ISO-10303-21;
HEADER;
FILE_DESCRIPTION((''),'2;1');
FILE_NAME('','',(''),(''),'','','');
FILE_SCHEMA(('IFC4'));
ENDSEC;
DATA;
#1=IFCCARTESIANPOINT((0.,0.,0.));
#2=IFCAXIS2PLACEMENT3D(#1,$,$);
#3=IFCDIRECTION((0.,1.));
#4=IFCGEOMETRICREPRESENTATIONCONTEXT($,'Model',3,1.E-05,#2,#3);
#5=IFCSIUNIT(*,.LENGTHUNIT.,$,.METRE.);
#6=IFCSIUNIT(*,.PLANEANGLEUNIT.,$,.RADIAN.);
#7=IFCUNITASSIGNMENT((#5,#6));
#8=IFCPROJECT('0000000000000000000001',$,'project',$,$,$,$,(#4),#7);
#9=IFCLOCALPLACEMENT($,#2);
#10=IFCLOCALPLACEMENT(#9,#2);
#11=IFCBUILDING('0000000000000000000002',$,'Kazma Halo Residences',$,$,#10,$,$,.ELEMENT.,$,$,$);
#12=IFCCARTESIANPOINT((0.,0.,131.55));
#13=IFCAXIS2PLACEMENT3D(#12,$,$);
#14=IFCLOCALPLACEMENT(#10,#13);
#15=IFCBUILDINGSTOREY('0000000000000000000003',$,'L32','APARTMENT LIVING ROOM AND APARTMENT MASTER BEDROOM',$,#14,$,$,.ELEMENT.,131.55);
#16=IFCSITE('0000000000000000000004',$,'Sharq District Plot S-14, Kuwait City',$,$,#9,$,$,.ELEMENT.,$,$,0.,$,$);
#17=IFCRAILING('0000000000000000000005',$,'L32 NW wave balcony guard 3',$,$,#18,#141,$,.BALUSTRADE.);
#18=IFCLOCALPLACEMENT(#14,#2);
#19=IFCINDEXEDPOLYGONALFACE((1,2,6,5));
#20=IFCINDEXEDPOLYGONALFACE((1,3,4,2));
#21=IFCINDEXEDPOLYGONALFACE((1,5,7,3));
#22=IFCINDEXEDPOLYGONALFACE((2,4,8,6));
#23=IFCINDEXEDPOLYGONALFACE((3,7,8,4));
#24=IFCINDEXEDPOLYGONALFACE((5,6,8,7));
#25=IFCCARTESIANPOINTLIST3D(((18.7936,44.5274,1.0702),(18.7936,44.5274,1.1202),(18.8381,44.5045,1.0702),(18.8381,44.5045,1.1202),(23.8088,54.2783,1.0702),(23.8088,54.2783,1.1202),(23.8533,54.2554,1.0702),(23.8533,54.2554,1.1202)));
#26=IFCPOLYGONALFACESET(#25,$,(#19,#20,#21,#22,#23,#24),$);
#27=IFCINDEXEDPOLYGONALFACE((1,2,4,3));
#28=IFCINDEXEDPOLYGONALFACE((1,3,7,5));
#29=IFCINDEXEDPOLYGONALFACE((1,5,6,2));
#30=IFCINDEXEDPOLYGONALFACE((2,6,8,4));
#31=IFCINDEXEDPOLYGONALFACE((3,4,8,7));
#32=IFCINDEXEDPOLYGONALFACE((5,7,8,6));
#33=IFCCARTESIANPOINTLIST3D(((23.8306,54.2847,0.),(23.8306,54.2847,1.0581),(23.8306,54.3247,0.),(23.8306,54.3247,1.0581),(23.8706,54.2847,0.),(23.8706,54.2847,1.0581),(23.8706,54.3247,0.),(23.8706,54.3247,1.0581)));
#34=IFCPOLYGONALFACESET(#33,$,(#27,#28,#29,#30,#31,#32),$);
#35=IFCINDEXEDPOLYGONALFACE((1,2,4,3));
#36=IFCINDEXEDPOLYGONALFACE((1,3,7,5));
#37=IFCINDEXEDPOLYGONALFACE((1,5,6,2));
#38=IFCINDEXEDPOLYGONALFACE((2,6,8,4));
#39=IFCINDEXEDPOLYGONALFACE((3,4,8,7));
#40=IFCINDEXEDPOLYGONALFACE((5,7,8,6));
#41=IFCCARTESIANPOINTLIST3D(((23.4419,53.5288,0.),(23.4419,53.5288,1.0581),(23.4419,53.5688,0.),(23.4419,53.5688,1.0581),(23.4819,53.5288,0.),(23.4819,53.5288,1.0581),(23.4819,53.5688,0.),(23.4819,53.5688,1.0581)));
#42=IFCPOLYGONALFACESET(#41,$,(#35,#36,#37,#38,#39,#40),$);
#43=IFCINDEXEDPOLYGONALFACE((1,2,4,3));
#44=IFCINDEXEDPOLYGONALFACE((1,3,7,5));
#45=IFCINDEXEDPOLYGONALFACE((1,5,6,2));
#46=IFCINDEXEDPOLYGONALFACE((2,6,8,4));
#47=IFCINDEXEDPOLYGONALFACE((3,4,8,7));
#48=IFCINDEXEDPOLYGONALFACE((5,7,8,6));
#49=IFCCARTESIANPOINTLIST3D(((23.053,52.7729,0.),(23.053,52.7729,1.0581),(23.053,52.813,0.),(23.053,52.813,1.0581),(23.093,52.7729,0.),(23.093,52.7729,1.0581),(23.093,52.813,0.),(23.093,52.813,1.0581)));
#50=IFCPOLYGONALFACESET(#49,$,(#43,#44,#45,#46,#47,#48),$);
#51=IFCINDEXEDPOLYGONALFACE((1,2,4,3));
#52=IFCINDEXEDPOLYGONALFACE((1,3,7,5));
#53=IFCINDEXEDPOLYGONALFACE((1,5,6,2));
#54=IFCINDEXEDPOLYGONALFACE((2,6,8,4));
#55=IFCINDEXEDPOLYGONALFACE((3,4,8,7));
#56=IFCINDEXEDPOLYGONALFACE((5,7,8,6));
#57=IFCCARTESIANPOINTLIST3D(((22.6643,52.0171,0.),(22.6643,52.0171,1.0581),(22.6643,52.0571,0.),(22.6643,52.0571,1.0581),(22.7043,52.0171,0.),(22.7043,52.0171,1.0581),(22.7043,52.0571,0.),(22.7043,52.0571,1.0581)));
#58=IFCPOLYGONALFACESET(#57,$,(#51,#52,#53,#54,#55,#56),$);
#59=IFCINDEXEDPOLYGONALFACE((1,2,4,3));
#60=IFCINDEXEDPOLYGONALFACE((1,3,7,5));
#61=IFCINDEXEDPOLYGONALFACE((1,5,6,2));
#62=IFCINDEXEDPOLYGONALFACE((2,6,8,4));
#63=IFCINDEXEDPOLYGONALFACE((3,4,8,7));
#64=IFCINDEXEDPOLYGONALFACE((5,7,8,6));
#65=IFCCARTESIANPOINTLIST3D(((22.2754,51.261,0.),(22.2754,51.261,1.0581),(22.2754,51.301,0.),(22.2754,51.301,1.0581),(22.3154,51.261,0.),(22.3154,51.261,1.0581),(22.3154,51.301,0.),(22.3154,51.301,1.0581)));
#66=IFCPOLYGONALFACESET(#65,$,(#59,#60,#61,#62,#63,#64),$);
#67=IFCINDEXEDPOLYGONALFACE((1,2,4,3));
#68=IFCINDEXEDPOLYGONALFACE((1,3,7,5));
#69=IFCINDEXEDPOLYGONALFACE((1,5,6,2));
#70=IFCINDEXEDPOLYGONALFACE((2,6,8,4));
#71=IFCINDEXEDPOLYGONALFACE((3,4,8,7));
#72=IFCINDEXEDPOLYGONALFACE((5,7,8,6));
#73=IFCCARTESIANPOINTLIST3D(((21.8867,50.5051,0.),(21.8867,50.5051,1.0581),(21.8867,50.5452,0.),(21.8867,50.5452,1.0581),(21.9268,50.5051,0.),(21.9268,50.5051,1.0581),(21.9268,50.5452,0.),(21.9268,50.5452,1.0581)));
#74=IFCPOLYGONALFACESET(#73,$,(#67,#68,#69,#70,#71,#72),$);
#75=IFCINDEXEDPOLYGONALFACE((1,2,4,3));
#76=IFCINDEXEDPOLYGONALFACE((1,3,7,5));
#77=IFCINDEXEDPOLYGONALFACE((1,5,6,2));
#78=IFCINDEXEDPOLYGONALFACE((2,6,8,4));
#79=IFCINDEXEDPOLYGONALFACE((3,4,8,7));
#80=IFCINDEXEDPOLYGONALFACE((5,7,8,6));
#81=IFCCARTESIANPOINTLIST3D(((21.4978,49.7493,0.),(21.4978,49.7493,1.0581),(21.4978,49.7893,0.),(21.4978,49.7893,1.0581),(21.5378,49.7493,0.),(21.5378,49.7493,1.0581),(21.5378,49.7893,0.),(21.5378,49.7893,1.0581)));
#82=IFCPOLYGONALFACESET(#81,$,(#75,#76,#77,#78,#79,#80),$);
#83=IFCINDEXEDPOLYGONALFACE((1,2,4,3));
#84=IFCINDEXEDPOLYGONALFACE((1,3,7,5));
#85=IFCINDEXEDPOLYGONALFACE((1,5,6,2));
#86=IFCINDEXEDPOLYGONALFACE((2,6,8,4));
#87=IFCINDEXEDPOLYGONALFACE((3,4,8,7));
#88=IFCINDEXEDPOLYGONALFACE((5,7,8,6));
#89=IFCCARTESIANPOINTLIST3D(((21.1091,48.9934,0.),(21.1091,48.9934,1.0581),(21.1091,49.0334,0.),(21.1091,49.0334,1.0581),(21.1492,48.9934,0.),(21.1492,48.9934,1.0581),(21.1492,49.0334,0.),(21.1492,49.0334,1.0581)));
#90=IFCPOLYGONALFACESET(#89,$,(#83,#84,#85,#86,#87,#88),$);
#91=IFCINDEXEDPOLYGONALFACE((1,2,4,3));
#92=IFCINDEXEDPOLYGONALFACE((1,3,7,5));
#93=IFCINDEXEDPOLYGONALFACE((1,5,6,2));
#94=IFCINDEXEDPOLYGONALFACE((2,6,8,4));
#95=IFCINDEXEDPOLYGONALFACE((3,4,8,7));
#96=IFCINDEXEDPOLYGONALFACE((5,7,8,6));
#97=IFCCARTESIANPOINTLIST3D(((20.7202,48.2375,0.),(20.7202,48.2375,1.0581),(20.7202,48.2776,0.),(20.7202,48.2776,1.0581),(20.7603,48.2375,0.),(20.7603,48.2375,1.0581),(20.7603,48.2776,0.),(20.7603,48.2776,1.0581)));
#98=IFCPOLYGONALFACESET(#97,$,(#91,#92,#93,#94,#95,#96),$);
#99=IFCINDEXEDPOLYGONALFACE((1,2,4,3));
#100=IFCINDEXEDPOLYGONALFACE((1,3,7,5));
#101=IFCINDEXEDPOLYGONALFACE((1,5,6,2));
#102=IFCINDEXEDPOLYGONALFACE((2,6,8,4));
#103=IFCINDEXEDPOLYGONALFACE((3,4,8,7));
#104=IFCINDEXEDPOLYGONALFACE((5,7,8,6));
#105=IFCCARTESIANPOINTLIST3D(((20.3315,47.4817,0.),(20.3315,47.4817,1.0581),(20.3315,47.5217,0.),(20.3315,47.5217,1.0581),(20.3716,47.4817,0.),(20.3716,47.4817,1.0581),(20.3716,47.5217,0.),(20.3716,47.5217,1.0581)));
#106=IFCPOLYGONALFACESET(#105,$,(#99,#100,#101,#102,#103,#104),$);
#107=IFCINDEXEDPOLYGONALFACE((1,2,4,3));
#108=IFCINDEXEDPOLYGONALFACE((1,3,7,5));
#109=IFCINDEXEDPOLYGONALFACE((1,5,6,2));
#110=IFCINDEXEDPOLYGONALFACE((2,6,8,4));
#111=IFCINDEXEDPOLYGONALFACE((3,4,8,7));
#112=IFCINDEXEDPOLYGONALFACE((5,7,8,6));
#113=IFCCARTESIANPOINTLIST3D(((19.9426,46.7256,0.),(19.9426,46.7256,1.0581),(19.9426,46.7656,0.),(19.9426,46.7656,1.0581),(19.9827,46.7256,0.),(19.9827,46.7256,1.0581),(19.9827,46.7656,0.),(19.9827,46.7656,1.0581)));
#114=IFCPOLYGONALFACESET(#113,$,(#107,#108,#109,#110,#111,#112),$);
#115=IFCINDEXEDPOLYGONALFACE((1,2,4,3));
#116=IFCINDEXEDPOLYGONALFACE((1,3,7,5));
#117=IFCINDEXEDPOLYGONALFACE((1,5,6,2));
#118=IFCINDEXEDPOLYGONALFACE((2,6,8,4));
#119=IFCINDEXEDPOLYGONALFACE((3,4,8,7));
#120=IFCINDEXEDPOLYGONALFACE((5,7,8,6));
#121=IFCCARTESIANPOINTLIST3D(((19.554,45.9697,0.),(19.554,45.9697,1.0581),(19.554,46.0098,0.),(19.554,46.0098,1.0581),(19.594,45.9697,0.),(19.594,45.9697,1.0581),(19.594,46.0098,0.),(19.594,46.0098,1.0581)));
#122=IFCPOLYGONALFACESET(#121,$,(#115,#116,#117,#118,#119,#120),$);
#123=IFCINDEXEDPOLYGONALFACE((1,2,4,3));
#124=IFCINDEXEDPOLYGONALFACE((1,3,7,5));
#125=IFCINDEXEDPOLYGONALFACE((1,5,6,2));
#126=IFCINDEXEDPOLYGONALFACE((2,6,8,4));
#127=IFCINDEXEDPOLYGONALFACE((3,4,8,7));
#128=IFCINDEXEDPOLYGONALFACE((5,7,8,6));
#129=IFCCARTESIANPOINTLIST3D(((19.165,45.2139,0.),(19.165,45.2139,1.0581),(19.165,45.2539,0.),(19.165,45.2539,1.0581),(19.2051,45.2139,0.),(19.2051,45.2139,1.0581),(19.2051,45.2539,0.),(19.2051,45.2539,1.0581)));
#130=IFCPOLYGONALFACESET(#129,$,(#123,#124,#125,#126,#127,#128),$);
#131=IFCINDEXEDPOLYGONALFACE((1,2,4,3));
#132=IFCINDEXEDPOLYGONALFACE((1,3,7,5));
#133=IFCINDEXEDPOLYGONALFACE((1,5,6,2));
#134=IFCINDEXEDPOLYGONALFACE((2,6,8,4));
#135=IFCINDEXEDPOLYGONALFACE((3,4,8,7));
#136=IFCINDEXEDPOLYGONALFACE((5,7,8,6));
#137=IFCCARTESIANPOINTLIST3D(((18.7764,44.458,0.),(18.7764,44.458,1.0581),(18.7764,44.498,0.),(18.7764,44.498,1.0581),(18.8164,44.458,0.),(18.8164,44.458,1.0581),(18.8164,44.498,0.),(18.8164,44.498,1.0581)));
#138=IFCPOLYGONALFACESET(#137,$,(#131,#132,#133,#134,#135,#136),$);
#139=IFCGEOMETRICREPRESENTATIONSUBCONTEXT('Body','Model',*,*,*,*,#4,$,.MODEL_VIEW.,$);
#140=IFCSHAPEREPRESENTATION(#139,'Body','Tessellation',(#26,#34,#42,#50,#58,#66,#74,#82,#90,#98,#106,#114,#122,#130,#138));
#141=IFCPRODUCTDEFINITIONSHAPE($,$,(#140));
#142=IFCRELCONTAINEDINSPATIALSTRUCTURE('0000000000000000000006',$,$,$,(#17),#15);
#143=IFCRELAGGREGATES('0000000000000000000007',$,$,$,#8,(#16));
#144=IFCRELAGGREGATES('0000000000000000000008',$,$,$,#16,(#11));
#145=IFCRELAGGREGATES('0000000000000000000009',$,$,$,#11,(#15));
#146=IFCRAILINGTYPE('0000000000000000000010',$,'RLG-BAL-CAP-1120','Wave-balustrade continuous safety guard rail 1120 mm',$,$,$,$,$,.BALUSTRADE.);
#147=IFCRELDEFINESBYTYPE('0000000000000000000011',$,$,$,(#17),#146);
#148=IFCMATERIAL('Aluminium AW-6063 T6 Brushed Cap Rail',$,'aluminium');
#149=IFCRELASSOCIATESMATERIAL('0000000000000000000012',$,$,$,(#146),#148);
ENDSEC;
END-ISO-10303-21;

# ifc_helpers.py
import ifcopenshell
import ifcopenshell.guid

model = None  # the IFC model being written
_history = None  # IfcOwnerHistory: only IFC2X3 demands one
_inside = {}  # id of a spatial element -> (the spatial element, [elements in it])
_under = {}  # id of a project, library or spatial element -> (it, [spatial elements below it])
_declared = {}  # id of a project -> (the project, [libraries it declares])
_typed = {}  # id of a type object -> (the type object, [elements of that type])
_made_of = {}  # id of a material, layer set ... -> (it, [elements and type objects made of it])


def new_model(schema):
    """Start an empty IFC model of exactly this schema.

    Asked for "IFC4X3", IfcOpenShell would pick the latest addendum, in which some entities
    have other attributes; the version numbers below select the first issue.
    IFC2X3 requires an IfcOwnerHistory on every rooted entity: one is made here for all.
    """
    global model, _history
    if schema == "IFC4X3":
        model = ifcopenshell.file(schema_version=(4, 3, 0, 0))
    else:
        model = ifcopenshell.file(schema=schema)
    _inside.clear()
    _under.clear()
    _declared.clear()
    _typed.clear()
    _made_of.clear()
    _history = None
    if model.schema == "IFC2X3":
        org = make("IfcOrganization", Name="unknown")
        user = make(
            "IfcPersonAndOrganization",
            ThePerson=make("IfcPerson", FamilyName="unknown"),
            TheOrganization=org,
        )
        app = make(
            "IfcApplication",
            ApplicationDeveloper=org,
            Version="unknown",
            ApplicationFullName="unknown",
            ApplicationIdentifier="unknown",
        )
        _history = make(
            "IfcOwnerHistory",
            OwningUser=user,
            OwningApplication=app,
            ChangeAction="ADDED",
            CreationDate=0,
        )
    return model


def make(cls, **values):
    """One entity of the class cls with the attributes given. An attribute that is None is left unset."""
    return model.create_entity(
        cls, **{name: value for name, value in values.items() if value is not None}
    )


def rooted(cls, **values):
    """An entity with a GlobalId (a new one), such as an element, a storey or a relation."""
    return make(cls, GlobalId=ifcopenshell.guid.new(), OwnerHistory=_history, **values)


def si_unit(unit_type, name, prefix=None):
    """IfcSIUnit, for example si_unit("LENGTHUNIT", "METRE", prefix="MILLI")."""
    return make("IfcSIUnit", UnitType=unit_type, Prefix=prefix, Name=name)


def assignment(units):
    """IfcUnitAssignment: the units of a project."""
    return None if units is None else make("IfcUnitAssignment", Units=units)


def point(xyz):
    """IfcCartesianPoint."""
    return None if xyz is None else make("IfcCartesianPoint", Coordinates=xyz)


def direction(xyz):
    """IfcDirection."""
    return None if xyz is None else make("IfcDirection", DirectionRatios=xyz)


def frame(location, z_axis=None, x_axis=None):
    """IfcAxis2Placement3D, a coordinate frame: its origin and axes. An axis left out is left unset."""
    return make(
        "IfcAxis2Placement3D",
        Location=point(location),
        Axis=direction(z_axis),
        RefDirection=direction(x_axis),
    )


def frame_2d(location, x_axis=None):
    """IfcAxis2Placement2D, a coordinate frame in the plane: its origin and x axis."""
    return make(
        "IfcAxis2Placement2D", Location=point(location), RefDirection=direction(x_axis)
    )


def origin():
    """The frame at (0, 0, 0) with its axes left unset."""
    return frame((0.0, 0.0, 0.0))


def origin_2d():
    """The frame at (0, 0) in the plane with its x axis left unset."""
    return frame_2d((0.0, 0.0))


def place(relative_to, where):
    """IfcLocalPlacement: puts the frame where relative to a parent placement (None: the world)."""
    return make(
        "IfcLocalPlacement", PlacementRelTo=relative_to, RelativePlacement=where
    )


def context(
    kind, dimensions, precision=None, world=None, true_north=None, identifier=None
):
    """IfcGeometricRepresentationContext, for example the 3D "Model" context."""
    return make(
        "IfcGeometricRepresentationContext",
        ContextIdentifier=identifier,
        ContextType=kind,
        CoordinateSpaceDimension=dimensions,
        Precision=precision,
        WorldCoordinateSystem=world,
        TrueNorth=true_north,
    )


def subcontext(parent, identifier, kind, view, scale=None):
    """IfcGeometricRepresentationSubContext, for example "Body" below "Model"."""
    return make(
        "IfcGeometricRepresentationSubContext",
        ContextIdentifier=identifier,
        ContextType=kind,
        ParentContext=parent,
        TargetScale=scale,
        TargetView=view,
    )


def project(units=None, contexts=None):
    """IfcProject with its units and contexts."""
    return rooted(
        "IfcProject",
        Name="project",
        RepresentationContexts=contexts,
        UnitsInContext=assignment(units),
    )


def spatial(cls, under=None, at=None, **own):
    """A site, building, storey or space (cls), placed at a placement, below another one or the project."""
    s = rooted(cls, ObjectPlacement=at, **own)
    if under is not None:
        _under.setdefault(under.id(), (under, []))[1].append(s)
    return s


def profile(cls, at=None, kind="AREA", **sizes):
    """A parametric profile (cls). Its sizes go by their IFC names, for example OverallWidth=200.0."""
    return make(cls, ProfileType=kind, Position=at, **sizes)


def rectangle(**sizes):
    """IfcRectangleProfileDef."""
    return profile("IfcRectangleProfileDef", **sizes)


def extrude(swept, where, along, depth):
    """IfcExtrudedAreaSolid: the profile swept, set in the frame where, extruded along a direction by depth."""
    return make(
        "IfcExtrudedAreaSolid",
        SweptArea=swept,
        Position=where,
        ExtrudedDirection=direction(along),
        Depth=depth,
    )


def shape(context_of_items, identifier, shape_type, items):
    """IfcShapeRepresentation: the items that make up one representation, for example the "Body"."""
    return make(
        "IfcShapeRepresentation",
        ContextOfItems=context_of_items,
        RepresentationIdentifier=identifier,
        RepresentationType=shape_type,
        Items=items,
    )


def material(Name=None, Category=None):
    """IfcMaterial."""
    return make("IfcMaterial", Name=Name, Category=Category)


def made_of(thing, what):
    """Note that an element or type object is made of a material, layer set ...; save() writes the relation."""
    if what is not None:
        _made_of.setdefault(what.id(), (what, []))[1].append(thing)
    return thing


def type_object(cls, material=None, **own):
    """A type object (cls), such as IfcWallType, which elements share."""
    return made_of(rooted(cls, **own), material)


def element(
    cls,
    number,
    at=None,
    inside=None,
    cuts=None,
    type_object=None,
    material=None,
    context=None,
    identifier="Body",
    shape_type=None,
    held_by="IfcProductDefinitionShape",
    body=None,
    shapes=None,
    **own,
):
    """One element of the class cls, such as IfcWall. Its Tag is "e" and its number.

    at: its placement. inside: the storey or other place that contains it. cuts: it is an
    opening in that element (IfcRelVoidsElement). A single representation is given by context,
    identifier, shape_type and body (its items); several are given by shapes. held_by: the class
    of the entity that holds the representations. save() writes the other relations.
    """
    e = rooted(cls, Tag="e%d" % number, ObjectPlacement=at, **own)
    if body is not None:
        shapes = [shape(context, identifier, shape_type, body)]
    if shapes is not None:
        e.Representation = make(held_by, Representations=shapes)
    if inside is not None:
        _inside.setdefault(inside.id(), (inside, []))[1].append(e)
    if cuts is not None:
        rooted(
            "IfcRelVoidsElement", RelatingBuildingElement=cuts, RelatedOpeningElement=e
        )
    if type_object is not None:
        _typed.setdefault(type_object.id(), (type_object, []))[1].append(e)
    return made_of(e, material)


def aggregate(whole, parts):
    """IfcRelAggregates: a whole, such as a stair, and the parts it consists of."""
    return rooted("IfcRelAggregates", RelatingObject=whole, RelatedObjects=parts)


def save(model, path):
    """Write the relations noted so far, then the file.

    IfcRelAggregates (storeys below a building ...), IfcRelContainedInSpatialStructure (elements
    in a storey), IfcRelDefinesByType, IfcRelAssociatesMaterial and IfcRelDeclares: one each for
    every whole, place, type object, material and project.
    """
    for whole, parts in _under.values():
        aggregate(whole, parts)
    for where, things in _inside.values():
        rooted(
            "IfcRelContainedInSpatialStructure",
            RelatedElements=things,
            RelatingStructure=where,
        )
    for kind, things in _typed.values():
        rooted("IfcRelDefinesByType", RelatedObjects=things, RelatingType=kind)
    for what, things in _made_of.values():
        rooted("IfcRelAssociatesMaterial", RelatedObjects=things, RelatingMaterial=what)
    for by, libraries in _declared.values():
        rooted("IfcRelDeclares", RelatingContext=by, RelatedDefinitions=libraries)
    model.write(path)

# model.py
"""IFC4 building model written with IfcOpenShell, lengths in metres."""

from ifc_helpers import new_model, si_unit, direction, frame, origin, origin_2d, place, context, subcontext, project, spatial, rectangle, extrude, material, type_object, element, save


model = new_model("IFC4")

# Units and contexts
model_context = context("Model", 3, precision=1e-05, world=origin(), true_north=direction((0.0, 1.0)))
body_context = subcontext(model_context, "Body", "Model", "MODEL_VIEW")
ifc_project = project(units=[si_unit("LENGTHUNIT", "METRE"), si_unit("PLANEANGLEUNIT", "RADIAN")], contexts=[model_context])

# Site, building, storey
site_placement = place(None, origin())
site = spatial("IfcSite", under=ifc_project, at=site_placement, Name="Sharq District Plot S-14, Kuwait City", CompositionType="ELEMENT", RefElevation=0.0)
building_placement = place(site_placement, origin())
building = spatial("IfcBuilding", under=site, at=building_placement, Name="Kazma Halo Residences", CompositionType="ELEMENT")
storey_placement = place(building_placement, frame((0.0, 0.0, 131.55)))
storey = spatial("IfcBuildingStorey", under=building, at=storey_placement, Name="L32", Description="APARTMENT LIVING ROOM AND APARTMENT MASTER BEDROOM", CompositionType="ELEMENT", Elevation=131.55)

# Railing
ifc_material_1 = material(Name="Aluminium AW-6063 T6 Brushed Cap Rail", Category="aluminium")
railing_type = type_object("IfcRailingType", Name="RLG-BAL-CAP-1120", Description="Wave-balustrade continuous safety guard rail 1120 mm", PredefinedType="BALUSTRADE", material=ifc_material_1)
railing_1_placement = place(storey_placement, frame((23.8506, 54.3047, 0.0)))
element("IfcRailing", 1, at=railing_1_placement, inside=storey, type_object=railing_type, Name="L32 NW wave balcony guard 3", PredefinedType="BALUSTRADE", context=body_context, shape_type="SweptSolid", body=[
    extrude(rectangle(XDim=0.05, YDim=0.05, at=origin_2d()), frame((-0.0195, -0.0378, 1.0952), z_axis=(-0.457383, -0.88927, 0.0), x_axis=(0.88927, -0.457383, 0.0)), (0.0, 0.0, 1.0), 10.9651),
    extrude(rectangle(XDim=0.04, YDim=0.04, at=origin_2d()), origin(), (0.0, 0.0, 1.0), 1.0581),
    extrude(rectangle(XDim=0.04, YDim=0.04, at=origin_2d()), frame((-0.3887, -0.7559, 0.0)), (0.0, 0.0, 1.0), 1.0581),
    extrude(rectangle(XDim=0.04, YDim=0.04, at=origin_2d()), frame((-0.7776, -1.5117, 0.0)), (0.0, 0.0, 1.0), 1.0581),
    extrude(rectangle(XDim=0.04, YDim=0.04, at=origin_2d()), frame((-1.1663, -2.2676, 0.0)), (0.0, 0.0, 1.0), 1.0581),
    extrude(rectangle(XDim=0.04, YDim=0.04, at=origin_2d()), frame((-1.5552, -3.0237, 0.0)), (0.0, 0.0, 1.0), 1.0581),
    extrude(rectangle(XDim=0.04, YDim=0.04, at=origin_2d()), frame((-1.9438, -3.7795, 0.0)), (0.0, 0.0, 1.0), 1.0581),
    extrude(rectangle(XDim=0.04, YDim=0.04, at=origin_2d()), frame((-2.3328, -4.5354, 0.0)), (0.0, 0.0, 1.0), 1.0581),
    extrude(rectangle(XDim=0.04, YDim=0.04, at=origin_2d()), frame((-2.7214, -5.2913, 0.0)), (0.0, 0.0, 1.0), 1.0581),
    extrude(rectangle(XDim=0.04, YDim=0.04, at=origin_2d()), frame((-3.1104, -6.0471, 0.0)), (0.0, 0.0, 1.0), 1.0581),
    extrude(rectangle(XDim=0.04, YDim=0.04, at=origin_2d()), frame((-3.499, -6.803, 0.0)), (0.0, 0.0, 1.0), 1.0581),
    extrude(rectangle(XDim=0.04, YDim=0.04, at=origin_2d()), frame((-3.8879, -7.5591, 0.0)), (0.0, 0.0, 1.0), 1.0581),
    extrude(rectangle(XDim=0.04, YDim=0.04, at=origin_2d()), frame((-4.2766, -8.3149, 0.0)), (0.0, 0.0, 1.0), 1.0581),
    extrude(rectangle(XDim=0.04, YDim=0.04, at=origin_2d()), frame((-4.6655, -9.0708, 0.0)), (0.0, 0.0, 1.0), 1.0581),
    extrude(rectangle(XDim=0.04, YDim=0.04, at=origin_2d()), frame((-5.0542, -9.8267, 0.0)), (0.0, 0.0, 1.0), 1.0581),
])

save(model, "model.ifc")
